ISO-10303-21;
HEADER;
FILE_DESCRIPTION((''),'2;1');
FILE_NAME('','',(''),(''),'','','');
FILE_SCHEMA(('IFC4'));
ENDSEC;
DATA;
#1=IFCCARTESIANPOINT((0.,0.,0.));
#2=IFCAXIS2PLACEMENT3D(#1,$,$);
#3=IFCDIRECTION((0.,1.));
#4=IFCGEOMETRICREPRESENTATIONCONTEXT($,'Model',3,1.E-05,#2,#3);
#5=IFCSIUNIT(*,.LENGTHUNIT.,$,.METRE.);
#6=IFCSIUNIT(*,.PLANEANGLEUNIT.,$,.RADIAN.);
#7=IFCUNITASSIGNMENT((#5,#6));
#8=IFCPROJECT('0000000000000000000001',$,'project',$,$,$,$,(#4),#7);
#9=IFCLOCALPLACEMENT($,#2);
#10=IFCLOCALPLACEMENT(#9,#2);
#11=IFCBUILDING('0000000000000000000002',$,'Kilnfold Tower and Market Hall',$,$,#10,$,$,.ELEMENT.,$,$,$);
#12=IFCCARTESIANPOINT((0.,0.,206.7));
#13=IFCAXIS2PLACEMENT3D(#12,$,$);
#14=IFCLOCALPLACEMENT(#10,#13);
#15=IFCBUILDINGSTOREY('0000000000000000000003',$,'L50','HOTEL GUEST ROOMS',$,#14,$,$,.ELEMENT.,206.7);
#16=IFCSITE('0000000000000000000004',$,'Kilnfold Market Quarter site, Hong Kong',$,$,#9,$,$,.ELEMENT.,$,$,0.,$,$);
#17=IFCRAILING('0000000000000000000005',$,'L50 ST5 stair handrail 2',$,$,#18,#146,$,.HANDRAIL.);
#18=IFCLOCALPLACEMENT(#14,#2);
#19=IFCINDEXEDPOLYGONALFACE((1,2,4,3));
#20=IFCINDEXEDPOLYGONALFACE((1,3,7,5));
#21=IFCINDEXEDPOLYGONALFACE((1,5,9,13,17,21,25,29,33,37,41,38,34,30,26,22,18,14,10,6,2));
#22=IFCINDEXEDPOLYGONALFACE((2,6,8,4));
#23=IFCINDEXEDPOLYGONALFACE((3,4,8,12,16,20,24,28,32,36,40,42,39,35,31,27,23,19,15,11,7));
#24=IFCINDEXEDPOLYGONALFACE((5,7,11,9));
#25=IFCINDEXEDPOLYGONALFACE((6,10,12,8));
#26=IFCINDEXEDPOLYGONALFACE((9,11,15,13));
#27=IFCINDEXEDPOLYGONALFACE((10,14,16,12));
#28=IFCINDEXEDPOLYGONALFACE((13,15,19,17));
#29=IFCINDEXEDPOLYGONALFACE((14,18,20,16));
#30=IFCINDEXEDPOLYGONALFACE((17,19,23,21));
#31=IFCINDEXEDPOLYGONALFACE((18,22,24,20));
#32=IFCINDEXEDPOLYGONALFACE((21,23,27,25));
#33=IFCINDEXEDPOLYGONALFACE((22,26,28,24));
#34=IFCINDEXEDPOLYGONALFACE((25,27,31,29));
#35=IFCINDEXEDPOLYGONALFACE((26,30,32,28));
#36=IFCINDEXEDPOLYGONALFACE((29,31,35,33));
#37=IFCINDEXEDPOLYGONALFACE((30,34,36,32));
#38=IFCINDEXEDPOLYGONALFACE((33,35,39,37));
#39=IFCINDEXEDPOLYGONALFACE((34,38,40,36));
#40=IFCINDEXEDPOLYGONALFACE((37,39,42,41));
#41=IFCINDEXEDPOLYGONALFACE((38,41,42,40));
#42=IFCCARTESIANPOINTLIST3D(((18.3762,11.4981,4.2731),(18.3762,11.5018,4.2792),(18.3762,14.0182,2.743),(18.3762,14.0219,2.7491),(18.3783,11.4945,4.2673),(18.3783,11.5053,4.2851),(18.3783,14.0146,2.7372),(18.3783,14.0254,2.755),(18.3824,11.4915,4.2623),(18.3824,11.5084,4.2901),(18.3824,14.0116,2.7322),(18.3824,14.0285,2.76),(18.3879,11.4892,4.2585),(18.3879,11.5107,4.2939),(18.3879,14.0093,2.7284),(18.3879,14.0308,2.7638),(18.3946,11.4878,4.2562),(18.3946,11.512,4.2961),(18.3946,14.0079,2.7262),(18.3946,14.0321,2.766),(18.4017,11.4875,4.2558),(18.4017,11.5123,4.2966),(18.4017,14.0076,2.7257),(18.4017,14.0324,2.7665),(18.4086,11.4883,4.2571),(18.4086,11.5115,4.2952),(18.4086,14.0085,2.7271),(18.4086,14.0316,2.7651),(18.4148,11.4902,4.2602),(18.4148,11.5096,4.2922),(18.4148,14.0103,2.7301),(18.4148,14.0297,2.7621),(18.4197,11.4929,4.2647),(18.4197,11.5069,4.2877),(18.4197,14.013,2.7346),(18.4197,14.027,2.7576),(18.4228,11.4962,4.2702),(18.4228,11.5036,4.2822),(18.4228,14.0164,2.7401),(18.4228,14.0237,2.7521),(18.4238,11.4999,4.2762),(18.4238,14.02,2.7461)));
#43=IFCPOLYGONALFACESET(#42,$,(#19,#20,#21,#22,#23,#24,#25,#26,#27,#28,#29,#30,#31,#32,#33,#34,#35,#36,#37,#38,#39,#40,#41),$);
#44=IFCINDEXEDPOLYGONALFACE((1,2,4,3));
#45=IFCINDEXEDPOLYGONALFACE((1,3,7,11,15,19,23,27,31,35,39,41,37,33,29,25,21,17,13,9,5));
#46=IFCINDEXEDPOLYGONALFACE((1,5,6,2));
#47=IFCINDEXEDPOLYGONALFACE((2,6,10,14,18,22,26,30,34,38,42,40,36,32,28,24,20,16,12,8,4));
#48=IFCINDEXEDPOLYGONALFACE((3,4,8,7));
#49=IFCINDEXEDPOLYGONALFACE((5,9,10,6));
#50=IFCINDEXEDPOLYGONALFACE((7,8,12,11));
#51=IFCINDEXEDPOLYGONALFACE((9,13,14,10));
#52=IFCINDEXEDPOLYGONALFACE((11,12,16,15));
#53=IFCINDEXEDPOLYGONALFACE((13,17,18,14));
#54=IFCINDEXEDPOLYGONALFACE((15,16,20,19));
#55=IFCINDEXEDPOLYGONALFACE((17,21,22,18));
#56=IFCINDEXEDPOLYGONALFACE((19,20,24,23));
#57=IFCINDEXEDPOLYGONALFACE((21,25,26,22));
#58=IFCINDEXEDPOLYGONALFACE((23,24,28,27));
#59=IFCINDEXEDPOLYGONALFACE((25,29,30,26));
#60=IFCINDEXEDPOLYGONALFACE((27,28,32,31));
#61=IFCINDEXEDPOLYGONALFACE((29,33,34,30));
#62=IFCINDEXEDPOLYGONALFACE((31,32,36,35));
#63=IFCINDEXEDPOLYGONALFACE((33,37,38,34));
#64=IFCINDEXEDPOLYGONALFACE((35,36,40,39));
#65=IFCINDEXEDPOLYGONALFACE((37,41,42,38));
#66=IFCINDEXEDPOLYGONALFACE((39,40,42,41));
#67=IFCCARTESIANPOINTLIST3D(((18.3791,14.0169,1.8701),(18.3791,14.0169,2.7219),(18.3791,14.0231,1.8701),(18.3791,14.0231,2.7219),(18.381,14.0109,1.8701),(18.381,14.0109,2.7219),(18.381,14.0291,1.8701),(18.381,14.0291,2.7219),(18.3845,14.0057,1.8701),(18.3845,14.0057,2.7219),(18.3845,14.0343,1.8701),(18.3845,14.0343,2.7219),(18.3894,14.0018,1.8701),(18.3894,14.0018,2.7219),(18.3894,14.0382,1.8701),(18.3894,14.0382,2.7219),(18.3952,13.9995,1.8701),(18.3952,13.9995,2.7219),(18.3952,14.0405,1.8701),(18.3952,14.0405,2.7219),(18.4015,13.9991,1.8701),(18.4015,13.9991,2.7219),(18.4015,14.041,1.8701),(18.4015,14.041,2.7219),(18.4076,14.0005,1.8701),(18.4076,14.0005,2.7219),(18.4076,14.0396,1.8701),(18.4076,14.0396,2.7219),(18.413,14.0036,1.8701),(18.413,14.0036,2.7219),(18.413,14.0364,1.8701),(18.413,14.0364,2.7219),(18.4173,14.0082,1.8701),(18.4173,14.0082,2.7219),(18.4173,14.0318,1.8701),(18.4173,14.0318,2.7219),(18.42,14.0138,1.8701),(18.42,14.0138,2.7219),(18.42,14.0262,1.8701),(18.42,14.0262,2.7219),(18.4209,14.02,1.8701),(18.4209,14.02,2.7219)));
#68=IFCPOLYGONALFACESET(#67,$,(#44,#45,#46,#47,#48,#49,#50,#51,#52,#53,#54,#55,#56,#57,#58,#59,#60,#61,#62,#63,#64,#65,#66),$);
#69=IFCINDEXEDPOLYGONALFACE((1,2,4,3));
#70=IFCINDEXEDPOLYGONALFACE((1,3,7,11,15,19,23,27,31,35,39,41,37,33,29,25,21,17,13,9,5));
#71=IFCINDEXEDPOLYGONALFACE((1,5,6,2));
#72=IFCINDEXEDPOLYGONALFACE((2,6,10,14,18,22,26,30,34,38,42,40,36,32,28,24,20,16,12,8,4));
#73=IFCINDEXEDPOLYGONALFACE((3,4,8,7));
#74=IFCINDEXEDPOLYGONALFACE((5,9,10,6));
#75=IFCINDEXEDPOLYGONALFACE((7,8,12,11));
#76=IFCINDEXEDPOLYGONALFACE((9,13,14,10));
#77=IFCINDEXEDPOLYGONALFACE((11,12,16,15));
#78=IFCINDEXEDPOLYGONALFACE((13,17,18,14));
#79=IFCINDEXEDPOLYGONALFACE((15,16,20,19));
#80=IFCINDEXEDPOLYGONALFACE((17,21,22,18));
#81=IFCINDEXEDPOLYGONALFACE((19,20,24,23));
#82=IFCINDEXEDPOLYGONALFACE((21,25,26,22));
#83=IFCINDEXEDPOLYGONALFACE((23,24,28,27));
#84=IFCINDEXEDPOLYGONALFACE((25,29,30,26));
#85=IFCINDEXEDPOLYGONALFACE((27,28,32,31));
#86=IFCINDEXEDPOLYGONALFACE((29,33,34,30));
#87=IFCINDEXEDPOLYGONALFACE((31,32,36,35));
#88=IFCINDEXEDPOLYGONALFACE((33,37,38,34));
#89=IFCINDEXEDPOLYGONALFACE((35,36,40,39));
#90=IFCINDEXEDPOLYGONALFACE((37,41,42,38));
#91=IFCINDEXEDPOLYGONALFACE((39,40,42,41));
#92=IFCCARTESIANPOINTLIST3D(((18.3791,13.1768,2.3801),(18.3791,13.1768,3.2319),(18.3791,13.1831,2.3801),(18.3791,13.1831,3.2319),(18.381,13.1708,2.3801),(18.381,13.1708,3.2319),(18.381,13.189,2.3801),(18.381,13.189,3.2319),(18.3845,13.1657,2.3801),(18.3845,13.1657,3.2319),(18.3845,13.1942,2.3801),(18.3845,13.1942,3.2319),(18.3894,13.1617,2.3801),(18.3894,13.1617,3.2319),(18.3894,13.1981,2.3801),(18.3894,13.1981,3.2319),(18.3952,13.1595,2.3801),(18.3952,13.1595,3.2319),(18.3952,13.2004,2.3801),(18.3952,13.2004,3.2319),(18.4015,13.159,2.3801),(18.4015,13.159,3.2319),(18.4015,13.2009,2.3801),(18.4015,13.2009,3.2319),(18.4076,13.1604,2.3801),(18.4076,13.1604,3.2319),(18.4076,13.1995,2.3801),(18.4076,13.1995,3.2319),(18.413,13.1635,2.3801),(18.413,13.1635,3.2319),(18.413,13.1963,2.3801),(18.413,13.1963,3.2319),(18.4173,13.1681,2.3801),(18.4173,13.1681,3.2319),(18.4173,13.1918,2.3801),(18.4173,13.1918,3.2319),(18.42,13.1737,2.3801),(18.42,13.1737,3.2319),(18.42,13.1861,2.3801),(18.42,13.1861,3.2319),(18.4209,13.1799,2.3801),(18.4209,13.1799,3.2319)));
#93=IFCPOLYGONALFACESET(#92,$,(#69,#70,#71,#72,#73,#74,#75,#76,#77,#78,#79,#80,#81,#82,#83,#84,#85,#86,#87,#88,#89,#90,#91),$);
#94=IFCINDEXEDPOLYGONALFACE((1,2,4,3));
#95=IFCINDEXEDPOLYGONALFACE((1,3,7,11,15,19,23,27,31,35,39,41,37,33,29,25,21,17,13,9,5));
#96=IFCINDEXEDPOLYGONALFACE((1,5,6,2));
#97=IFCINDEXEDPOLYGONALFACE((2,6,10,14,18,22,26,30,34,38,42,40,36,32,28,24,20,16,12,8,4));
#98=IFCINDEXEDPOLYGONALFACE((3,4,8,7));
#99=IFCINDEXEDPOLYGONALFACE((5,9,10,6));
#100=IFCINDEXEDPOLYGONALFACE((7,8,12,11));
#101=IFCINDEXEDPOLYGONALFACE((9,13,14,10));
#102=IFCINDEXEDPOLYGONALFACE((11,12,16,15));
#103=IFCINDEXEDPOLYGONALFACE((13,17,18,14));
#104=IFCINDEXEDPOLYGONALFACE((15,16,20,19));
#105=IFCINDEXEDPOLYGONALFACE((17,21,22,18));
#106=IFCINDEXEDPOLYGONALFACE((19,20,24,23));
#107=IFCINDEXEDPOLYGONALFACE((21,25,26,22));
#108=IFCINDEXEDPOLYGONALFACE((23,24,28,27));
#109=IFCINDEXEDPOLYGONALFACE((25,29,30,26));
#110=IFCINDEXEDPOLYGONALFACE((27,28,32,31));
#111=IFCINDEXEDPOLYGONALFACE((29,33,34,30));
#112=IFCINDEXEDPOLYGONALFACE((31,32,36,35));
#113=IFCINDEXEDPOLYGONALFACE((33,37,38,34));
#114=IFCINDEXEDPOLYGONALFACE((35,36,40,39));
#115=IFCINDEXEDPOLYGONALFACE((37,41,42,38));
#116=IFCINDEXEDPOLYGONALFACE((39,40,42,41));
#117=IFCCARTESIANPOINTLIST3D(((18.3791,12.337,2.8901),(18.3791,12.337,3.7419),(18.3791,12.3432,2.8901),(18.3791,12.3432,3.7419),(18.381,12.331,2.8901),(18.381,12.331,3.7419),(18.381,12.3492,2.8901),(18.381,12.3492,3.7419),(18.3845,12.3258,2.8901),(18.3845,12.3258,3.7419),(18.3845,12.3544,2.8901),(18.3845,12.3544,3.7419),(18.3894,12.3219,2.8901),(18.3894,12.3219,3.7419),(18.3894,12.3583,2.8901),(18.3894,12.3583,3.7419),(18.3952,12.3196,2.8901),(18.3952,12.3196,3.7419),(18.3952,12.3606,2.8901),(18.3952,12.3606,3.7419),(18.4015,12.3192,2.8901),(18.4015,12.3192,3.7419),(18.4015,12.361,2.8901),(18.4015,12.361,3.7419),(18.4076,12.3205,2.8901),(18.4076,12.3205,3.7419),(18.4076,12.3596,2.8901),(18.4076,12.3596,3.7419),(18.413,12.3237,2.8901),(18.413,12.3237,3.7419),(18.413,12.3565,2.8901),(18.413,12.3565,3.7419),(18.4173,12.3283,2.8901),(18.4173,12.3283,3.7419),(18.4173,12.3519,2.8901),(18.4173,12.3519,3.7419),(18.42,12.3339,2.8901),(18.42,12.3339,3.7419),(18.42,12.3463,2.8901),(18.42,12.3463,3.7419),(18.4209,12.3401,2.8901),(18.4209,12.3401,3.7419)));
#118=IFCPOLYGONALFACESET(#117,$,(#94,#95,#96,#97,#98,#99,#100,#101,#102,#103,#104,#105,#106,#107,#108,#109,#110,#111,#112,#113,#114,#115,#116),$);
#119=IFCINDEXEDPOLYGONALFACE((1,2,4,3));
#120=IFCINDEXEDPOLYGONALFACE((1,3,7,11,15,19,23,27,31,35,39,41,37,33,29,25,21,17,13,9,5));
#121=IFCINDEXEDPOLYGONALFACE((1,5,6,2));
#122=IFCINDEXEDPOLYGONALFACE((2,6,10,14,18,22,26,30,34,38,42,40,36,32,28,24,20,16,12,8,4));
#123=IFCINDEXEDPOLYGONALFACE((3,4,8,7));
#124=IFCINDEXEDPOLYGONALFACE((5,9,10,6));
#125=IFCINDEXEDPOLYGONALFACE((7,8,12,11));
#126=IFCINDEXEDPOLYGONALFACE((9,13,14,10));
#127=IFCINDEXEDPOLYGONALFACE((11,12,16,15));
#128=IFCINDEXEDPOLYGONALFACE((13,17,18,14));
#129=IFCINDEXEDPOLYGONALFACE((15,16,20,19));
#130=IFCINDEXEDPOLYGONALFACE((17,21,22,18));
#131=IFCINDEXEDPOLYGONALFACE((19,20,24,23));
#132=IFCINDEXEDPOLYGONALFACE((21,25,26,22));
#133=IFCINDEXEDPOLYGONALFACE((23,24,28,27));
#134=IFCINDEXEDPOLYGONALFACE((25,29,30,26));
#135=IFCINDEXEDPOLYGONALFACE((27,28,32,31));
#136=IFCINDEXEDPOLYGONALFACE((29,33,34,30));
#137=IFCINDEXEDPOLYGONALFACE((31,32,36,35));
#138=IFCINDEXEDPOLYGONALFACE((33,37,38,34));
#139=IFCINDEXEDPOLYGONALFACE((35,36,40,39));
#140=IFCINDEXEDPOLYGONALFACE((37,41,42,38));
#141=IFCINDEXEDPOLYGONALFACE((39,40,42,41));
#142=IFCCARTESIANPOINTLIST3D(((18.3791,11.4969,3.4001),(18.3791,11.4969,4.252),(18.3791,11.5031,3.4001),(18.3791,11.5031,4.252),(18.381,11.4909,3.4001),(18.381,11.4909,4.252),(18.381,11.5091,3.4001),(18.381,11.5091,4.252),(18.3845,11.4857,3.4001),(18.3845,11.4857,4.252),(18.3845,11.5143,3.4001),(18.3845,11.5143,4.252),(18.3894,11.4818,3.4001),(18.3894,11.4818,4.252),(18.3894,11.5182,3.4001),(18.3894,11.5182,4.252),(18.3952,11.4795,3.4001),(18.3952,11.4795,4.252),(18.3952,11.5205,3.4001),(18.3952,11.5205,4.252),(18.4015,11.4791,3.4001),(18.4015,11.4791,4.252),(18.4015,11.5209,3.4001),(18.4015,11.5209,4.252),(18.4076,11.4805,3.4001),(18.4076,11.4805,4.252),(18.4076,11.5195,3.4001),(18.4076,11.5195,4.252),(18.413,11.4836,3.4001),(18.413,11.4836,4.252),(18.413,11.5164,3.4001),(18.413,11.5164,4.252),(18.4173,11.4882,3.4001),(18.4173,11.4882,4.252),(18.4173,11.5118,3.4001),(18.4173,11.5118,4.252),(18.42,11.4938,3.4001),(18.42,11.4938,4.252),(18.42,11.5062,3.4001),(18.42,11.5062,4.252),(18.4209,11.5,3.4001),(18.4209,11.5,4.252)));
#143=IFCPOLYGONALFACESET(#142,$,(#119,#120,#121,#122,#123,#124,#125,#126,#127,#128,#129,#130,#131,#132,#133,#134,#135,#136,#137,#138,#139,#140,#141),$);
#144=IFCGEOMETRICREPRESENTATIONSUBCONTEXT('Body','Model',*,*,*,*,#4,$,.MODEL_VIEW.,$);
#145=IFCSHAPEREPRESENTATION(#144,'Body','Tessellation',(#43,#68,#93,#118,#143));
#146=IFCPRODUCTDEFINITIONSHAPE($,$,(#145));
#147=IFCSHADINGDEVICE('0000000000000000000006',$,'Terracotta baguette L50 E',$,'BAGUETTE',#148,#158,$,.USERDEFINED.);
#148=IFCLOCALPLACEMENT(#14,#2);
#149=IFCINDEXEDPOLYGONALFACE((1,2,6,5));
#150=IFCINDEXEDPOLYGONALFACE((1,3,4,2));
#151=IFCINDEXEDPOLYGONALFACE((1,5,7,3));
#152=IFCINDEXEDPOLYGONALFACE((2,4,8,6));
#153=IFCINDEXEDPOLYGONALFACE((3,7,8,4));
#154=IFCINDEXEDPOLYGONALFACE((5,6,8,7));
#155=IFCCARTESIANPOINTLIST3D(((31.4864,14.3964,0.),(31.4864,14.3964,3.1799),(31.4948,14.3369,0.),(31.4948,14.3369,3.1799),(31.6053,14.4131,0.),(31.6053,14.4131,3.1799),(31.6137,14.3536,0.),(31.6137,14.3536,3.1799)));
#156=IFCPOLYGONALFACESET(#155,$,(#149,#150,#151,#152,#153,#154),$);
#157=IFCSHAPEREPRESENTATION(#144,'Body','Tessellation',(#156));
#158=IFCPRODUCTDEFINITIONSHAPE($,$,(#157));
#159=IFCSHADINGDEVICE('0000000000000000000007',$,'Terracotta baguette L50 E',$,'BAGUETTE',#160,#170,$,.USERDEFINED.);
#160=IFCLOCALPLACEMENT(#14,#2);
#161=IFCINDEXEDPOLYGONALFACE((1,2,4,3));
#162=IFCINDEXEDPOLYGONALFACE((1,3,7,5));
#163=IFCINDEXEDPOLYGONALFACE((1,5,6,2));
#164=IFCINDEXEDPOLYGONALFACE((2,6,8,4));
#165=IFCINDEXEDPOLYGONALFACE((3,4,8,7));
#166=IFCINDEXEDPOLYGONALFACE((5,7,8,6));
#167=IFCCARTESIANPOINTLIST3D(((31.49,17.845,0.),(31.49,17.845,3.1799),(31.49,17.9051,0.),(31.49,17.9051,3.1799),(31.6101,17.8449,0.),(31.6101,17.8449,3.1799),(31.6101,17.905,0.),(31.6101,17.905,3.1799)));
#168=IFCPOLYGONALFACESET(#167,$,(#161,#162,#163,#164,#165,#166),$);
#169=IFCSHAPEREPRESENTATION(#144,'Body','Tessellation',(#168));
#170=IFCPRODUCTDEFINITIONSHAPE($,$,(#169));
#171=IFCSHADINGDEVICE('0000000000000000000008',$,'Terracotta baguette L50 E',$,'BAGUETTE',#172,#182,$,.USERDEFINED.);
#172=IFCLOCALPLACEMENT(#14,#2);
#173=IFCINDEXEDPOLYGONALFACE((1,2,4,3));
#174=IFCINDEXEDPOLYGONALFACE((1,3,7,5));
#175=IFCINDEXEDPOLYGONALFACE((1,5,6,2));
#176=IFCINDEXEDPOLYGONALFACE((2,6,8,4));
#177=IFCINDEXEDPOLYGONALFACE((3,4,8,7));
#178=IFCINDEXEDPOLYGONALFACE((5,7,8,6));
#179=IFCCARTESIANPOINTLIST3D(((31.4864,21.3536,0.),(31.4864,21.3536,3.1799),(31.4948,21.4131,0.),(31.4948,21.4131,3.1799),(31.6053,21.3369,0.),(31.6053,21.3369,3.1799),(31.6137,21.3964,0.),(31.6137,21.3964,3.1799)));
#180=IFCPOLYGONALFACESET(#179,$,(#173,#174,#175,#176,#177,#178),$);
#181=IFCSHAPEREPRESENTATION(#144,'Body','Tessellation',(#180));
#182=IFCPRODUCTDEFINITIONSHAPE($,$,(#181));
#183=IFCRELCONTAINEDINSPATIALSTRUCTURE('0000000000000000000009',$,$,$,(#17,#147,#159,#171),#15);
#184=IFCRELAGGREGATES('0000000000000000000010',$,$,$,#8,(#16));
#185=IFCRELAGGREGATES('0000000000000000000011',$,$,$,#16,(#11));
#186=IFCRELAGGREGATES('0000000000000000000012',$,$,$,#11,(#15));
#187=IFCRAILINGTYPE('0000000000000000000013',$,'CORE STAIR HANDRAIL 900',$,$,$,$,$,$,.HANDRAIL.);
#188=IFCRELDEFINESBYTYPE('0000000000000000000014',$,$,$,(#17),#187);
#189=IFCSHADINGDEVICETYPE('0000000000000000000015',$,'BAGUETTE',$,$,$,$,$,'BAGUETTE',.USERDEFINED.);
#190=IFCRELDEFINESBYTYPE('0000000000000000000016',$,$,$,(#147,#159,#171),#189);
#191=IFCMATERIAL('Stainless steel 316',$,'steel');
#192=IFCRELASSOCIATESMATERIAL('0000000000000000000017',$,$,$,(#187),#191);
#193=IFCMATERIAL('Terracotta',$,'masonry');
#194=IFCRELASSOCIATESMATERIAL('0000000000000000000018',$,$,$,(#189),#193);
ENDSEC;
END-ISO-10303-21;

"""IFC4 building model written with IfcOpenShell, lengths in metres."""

from ifc_helpers import new_model, si_unit, direction, frame, origin, origin_2d, place, context, subcontext, project, spatial, rectangle, circle, extrude, source, transform, mapped, material, material_profile, profile_set, type_object, element, save


model = new_model("IFC4")

# Units and contexts
model_context = context("Model", 3, precision=1e-05, world=origin(), true_north=direction((0.0, 1.0)))
body_context = subcontext(model_context, "Body", "Model", "MODEL_VIEW")
ifc_project = project(units=[si_unit("LENGTHUNIT", "METRE"), si_unit("PLANEANGLEUNIT", "RADIAN")], contexts=[model_context])

# Site, building, storey
site_placement = place(None, origin())
site = spatial("IfcSite", under=ifc_project, at=site_placement, Name="Kilnfold Market Quarter site, Hong Kong", CompositionType="ELEMENT", RefElevation=0.0)
building_placement = place(site_placement, origin())
building = spatial("IfcBuilding", under=site, at=building_placement, Name="Kilnfold Tower and Market Hall", CompositionType="ELEMENT")
storey_placement = place(building_placement, frame((0.0, 0.0, 206.7)))
storey = spatial("IfcBuildingStorey", under=building, at=storey_placement, Name="L50", Description="HOTEL GUEST ROOMS", CompositionType="ELEMENT", Elevation=206.7)

# Railing
ifc_material_1 = material(Name="Stainless steel 316", Category="steel")
railing_type = type_object("IfcRailingType", Name="CORE STAIR HANDRAIL 900", PredefinedType="HANDRAIL", material=ifc_material_1)
railing_placement = place(storey_placement, frame((18.3999, 14.02, 1.8701)))
element("IfcRailing", 1, at=railing_placement, inside=storey, type_object=railing_type, Name="L50 ST5 stair handrail 2", PredefinedType="HANDRAIL", context=body_context, shape_type="SweptSolid", body=[
    extrude(circle(Radius=0.0239, at=origin_2d()), frame((0.0, 0.0, 0.876), z_axis=(0.0, -0.854785, 0.518982), x_axis=(1.0, 0.0, 0.0)), (0.0, 0.0, 1.0), 2.9482),
    extrude(circle(Radius=0.021, at=origin_2d()), origin(), (0.0, 0.0, 1.0), 0.8518),
    extrude(circle(Radius=0.021, at=origin_2d()), frame((0.0, -0.8401, 0.51)), (0.0, 0.0, 1.0), 0.8518),
    extrude(circle(Radius=0.021, at=origin_2d()), frame((0.0, -1.6799, 1.02)), (0.0, 0.0, 1.0), 0.8518),
    extrude(circle(Radius=0.021, at=origin_2d()), frame((0.0, -2.52, 1.53)), (0.0, 0.0, 1.0), 0.8518),
])

# Shading devices
ifc_material_2 = material(Name="Terracotta", Category="masonry")
ifc_material_profile_1 = material_profile(ifc_material_2, rectangle(XDim=0.0601, YDim=0.1201, at=origin_2d()), Name="BAG 60x120")
ifc_profile_set_1 = profile_set([ifc_material_profile_1], Name="Terracotta")
shading_device_type = type_object("IfcShadingDeviceType", Name="BAGUETTE", ElementType="BAGUETTE", PredefinedType="USERDEFINED", material=ifc_profile_set_1)
shared_shape_1 = source(origin(), body_context, "Body", "SweptSolid", [
    extrude(rectangle(XDim=0.0601, YDim=0.1201, at=origin_2d()), origin(), (0.0, 0.0, 1.0), 3.1799),
])
for number, where, z_axis, x_axis, name in (
    (2, (31.55, 14.375, 0.0), (0.0, 0.0, 1.0), (-0.139168, 0.990269, 0.0), "Terracotta baguette L50 E"),
    (3, (31.55, 17.875, 0.0), (0.0, 0.0, 1.0), (0.001175, 0.999999, 0.0), "Terracotta baguette L50 E"),
    (4, (31.55, 21.375, 0.0), (0.0, 0.0, 1.0), (0.139168, 0.990269, 0.0), "Terracotta baguette L50 E"),
):
    element("IfcShadingDevice", number, at=place(storey_placement, frame(where, z_axis=z_axis, x_axis=x_axis)), inside=storey, type_object=shading_device_type, Name=name, ObjectType="BAGUETTE", PredefinedType="USERDEFINED", context=body_context, shape_type="MappedRepresentation", body=[
        mapped(shared_shape_1, transform((0.0, 0.0, 0.0))),
    ])

save(model, "model.ifc")
